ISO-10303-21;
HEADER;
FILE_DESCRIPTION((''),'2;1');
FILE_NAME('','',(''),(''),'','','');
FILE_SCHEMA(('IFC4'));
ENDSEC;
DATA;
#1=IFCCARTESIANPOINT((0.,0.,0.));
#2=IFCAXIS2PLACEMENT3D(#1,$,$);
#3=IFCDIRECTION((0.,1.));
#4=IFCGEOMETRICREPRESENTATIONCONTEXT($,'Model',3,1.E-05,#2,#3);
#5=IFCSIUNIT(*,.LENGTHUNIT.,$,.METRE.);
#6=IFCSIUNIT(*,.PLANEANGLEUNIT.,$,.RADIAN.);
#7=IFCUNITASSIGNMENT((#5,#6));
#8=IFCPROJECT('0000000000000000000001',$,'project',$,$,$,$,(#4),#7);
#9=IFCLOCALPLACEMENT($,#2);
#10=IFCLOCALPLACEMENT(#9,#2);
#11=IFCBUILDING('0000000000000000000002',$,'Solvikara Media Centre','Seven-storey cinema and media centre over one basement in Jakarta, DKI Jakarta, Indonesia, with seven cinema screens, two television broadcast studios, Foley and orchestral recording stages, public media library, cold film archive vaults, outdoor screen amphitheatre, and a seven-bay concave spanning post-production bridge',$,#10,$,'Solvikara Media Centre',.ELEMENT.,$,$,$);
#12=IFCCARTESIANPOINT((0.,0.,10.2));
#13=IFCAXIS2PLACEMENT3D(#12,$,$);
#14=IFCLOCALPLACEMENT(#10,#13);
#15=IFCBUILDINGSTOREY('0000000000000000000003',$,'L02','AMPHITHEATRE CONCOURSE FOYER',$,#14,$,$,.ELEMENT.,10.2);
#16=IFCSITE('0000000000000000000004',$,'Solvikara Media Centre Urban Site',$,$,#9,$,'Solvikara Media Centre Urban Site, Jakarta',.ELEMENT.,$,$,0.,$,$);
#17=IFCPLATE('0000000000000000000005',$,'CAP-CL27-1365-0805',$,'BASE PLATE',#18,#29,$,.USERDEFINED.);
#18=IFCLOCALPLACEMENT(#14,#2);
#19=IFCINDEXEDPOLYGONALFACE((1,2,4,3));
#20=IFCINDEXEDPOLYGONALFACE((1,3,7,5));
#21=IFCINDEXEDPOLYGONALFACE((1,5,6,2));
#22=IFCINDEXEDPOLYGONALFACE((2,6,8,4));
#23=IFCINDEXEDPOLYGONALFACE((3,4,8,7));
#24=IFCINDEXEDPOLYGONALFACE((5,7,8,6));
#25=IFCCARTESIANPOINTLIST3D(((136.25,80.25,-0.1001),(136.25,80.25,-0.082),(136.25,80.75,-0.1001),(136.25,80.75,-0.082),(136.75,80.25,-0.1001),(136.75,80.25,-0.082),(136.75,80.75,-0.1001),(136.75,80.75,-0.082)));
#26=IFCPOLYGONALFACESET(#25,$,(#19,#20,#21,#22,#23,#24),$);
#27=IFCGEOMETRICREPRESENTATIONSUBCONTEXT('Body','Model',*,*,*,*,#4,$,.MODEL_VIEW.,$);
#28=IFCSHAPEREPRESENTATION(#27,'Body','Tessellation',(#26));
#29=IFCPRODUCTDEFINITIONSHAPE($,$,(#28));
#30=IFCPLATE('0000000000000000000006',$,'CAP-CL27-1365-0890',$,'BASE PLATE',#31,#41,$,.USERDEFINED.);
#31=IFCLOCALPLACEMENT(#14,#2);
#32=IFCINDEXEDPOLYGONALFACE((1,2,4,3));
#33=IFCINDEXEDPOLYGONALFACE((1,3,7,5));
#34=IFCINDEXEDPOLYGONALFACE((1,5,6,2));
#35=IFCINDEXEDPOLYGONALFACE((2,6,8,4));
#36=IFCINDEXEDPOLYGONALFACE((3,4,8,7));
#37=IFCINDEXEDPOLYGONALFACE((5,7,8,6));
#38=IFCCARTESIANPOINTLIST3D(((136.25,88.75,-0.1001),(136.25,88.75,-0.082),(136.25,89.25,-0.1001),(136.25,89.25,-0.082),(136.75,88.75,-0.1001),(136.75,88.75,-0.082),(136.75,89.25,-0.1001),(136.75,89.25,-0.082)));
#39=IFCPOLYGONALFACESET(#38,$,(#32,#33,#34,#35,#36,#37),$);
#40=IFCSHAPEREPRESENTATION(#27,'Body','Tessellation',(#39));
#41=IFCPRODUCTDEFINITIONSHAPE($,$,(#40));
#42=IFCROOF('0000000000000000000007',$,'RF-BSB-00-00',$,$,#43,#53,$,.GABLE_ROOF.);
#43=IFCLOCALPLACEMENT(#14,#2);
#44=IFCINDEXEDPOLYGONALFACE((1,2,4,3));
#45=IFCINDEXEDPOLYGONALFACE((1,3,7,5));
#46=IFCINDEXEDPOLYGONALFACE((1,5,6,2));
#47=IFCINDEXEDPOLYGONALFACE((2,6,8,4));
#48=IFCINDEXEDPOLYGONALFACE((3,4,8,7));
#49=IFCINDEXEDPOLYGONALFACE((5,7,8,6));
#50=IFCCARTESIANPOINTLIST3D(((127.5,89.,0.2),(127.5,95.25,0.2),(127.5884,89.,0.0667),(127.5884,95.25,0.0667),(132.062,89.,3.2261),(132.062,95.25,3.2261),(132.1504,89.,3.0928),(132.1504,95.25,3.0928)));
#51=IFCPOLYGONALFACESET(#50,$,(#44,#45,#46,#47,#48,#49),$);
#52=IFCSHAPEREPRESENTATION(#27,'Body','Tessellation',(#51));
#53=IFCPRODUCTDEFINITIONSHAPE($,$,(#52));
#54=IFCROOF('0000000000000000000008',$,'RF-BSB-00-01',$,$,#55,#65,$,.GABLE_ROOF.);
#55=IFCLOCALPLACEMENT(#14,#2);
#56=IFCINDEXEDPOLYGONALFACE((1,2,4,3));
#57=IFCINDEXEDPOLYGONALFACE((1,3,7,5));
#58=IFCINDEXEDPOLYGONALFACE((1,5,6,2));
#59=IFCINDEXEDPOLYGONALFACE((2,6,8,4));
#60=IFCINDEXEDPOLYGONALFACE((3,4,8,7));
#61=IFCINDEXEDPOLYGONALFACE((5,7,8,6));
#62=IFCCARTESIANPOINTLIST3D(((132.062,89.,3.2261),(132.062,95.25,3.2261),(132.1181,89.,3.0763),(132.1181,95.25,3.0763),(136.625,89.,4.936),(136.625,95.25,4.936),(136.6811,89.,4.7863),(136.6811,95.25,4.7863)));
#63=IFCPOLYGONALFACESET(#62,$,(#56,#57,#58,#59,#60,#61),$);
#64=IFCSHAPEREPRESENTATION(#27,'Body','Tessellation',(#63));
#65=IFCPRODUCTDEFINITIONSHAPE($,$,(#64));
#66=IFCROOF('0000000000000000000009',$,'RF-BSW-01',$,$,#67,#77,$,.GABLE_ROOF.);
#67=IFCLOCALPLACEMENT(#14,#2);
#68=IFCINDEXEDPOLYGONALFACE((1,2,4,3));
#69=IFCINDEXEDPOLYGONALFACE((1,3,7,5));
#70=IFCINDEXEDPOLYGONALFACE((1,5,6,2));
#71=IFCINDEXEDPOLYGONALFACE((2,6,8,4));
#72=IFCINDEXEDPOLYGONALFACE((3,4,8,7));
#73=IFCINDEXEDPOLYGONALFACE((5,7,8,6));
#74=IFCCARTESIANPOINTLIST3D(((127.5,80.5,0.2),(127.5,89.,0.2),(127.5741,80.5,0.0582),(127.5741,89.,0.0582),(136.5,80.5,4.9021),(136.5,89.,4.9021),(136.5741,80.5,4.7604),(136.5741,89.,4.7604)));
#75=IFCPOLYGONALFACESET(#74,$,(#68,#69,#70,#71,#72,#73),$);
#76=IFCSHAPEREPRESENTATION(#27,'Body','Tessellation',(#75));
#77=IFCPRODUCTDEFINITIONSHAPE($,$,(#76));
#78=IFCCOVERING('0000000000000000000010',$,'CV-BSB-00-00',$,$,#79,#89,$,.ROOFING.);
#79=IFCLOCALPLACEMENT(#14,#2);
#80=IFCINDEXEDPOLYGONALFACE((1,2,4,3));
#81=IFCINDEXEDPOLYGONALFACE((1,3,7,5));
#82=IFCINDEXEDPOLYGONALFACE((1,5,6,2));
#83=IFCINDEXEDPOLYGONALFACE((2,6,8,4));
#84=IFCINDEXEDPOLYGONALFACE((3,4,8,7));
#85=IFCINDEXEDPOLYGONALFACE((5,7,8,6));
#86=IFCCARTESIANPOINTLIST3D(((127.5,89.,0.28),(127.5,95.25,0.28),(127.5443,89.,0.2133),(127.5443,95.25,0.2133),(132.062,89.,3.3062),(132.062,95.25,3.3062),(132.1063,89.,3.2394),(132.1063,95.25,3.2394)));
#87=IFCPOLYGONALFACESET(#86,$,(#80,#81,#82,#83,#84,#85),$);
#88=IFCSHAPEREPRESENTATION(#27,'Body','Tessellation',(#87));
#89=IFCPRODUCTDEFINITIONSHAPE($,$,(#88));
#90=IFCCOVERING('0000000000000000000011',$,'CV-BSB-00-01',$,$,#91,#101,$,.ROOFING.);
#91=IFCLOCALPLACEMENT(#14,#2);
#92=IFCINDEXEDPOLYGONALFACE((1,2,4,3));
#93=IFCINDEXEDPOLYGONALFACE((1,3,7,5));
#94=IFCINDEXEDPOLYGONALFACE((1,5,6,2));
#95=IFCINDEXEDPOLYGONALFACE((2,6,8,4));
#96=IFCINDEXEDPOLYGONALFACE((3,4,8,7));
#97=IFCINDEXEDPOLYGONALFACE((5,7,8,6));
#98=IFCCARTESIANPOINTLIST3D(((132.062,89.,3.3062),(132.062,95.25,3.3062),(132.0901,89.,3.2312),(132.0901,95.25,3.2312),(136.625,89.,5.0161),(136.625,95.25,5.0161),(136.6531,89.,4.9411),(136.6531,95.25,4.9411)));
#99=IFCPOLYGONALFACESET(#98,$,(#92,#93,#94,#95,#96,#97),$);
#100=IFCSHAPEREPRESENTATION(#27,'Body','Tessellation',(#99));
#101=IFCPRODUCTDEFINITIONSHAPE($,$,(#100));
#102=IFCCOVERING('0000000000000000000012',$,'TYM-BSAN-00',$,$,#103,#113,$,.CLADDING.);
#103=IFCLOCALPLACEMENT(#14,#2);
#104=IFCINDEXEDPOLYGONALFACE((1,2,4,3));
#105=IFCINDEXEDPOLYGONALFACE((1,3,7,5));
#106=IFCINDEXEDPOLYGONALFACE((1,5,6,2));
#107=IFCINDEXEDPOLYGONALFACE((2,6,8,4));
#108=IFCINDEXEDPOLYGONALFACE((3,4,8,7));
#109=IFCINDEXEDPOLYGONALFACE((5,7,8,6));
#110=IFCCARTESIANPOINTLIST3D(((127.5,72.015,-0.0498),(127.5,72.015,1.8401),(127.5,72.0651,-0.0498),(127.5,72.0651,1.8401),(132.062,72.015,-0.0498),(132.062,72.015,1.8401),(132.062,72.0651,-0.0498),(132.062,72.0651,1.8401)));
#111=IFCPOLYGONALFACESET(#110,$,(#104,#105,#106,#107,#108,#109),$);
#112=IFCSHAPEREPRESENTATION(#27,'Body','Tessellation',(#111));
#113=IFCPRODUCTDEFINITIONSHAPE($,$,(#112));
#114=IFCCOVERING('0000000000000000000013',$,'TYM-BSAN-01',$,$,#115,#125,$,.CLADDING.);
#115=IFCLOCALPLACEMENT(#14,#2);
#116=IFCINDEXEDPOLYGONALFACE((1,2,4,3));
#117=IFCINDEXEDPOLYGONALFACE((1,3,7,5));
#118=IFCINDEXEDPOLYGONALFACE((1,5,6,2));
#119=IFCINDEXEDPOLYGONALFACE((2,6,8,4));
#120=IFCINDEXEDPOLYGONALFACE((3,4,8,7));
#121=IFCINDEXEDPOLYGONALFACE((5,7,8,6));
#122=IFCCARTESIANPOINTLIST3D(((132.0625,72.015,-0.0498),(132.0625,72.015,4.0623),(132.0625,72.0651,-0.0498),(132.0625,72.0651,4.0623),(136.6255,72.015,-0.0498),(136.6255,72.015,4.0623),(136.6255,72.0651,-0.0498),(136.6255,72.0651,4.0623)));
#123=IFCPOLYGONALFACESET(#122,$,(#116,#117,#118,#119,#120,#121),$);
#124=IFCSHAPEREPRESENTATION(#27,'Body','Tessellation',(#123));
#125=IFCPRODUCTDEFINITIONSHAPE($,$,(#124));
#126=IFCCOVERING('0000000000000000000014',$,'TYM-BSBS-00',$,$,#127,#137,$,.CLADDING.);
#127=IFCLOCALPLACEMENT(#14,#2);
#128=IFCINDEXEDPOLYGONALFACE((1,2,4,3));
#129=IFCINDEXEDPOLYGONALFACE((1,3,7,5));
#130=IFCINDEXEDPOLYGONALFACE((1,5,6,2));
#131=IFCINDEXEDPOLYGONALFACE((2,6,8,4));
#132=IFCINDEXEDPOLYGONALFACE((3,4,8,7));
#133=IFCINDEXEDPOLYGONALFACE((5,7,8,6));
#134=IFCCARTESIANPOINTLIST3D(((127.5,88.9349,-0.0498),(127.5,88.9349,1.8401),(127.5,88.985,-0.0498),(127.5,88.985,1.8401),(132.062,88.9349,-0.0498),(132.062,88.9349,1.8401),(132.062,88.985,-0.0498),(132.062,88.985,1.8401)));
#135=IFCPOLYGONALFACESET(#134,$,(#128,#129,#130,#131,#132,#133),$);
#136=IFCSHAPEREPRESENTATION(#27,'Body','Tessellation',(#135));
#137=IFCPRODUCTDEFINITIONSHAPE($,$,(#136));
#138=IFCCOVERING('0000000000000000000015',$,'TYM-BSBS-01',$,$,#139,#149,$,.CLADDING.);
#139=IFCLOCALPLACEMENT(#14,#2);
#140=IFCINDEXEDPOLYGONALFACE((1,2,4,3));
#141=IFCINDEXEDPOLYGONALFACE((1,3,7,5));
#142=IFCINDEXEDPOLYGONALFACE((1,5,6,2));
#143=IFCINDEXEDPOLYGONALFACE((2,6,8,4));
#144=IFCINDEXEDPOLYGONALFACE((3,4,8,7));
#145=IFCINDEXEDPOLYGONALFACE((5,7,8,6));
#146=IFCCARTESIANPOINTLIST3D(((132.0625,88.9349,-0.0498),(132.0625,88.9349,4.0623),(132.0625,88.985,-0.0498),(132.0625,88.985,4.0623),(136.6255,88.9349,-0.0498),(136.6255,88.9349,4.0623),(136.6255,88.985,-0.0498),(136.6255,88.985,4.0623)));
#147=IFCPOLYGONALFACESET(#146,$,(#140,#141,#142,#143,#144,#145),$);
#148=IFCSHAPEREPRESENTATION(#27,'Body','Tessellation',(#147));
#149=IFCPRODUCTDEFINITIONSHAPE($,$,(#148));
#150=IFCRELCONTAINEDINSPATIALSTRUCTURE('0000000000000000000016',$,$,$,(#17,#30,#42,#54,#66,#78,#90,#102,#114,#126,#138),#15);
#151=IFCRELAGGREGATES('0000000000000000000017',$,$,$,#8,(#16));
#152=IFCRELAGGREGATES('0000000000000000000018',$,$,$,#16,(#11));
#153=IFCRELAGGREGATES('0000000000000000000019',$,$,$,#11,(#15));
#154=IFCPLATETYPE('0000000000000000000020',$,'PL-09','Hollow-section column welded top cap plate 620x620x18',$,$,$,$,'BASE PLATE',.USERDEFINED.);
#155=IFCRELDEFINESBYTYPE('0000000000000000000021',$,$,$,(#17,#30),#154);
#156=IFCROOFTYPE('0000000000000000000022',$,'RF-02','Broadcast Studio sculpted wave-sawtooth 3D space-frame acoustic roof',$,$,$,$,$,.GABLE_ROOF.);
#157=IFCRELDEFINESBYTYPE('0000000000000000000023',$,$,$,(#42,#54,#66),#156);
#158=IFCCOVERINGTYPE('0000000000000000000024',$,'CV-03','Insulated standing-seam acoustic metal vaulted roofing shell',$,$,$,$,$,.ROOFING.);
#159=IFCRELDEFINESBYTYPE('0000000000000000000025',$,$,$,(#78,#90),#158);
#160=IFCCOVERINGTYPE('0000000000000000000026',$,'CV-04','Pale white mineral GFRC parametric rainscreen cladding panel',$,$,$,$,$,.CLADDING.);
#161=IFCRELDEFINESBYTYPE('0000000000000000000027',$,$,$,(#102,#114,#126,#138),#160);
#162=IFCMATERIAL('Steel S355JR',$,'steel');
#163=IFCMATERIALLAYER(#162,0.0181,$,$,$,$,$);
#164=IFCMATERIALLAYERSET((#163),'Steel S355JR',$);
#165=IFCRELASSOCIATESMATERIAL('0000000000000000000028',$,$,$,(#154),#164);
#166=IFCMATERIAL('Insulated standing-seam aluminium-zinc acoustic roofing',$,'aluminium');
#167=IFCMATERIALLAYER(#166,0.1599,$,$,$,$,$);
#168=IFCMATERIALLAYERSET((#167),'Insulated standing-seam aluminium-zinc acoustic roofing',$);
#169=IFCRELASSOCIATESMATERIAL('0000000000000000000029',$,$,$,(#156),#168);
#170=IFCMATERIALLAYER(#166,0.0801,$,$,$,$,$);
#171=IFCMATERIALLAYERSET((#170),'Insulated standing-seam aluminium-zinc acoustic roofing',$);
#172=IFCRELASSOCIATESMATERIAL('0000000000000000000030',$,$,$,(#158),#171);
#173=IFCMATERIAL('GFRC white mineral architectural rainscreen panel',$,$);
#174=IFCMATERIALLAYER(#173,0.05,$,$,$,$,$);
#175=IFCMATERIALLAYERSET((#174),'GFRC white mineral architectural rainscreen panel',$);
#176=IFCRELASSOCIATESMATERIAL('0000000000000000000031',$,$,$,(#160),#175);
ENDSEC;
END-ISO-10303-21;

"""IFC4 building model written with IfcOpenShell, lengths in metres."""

from ifc_helpers import new_model, si_unit, direction, frame, origin, origin_2d, place, context, subcontext, project, spatial, polyline, rectangle, outline, extrude, material, layer, layer_set, type_object, element, save


model = new_model("IFC4")

# Units and contexts
model_context = context("Model", 3, precision=1e-05, world=origin(), true_north=direction((0.0, 1.0)))
body_context = subcontext(model_context, "Body", "Model", "MODEL_VIEW")
ifc_project = project(units=[si_unit("LENGTHUNIT", "METRE"), si_unit("PLANEANGLEUNIT", "RADIAN")], contexts=[model_context])

# Site, building, storey
site_placement = place(None, origin())
site = spatial("IfcSite", under=ifc_project, at=site_placement, Name="Solvikara Media Centre Urban Site", LongName="Solvikara Media Centre Urban Site, Jakarta", CompositionType="ELEMENT", RefElevation=0.0)
building_placement = place(site_placement, origin())
building = spatial("IfcBuilding", under=site, at=building_placement, Name="Solvikara Media Centre", Description="Seven-storey cinema and media centre over one basement in Jakarta, DKI Jakarta, Indonesia, with seven cinema screens, two television broadcast studios, Foley and orchestral recording stages, public media library, cold film archive vaults, outdoor screen amphitheatre, and a seven-bay concave spanning post-production bridge", LongName="Solvikara Media Centre", CompositionType="ELEMENT")
storey_placement = place(building_placement, frame((0.0, 0.0, 10.2)))
storey = spatial("IfcBuildingStorey", under=building, at=storey_placement, Name="L02", Description="AMPHITHEATRE CONCOURSE FOYER", CompositionType="ELEMENT", Elevation=10.2)

# Shared definitions
ifc_material_1 = material(Name="Steel S355JR", Category="steel")

# Plates
ifc_layer_1 = layer(ifc_material_1, 0.0181)
ifc_layer_set_1 = layer_set([ifc_layer_1], Name="Steel S355JR")
plate_type_1 = type_object("IfcPlateType", Name="PL-09", Description="Hollow-section column welded top cap plate 620x620x18", ElementType="BASE PLATE", PredefinedType="USERDEFINED", material=ifc_layer_set_1)
for number, where, z_axis, x_axis, name in (
    (1, (136.5, 80.5, -0.1001), (0.0, 0.0, 1.0), (1.0, 0.0, 0.0), "CAP-CL27-1365-0805"),
    (2, (136.5, 89.0, -0.1001), (0.0, 0.0, 1.0), (1.0, 0.0, 0.0), "CAP-CL27-1365-0890"),
):
    element("IfcPlate", number, at=place(storey_placement, frame(where, z_axis=z_axis, x_axis=x_axis)), inside=storey, type_object=plate_type_1, Name=name, ObjectType="BASE PLATE", PredefinedType="USERDEFINED", context=body_context, shape_type="SweptSolid", body=[
        extrude(rectangle(XDim=0.5, YDim=0.5, at=origin_2d()), origin(), (0.0, 0.0, 1.0), 0.0181),
    ])

# Roofs
ifc_material_2 = material(Name="Insulated standing-seam aluminium-zinc acoustic roofing", Category="aluminium")
ifc_layer_2 = layer(ifc_material_2, 0.1599)
ifc_layer_set_2 = layer_set([ifc_layer_2], Name="Insulated standing-seam aluminium-zinc acoustic roofing")
roof_type = type_object("IfcRoofType", Name="RF-02", Description="Broadcast Studio sculpted wave-sawtooth 3D space-frame acoustic roof", PredefinedType="GABLE_ROOF", material=ifc_layer_set_2)
roof_1_placement = place(storey_placement, frame((127.5, 89.0, 0.2), z_axis=(-0.552774, 0.0, 0.833331), x_axis=(0.833331, 0.0, 0.552774)))
element("IfcRoof", 3, at=roof_1_placement, inside=storey, type_object=roof_type, Name="RF-BSB-00-00", PredefinedType="GABLE_ROOF", context=body_context, shape_type="SweptSolid", body=[
    extrude(outline(polyline([(0.0, 0.0), (5.4744, 0.0), (5.4744, 6.25), (0.0, 6.25), (0.0, 0.0)])), origin(), (0.0, 0.0, -1.0), 0.1599),
])
roof_2_placement = place(storey_placement, frame((132.062, 89.0, 3.2261), z_axis=(-0.350915, 0.0, 0.936407), x_axis=(0.936407, 0.0, 0.350915)))
element("IfcRoof", 4, at=roof_2_placement, inside=storey, type_object=roof_type, Name="RF-BSB-00-01", PredefinedType="GABLE_ROOF", context=body_context, shape_type="SweptSolid", body=[
    extrude(outline(polyline([(0.0, 0.0), (4.8729, 0.0), (4.8729, 6.25), (0.0, 6.25), (0.0, 0.0)])), origin(), (0.0, 0.0, -1.0), 0.1599),
])
roof_3_placement = place(storey_placement, frame((127.5, 80.5, 0.2), z_axis=(-0.463069, 0.0, 0.886322), x_axis=(0.886322, 0.0, 0.463069)))
element("IfcRoof", 5, at=roof_3_placement, inside=storey, type_object=roof_type, Name="RF-BSW-01", PredefinedType="GABLE_ROOF", context=body_context, shape_type="SweptSolid", body=[
    extrude(outline(polyline([(0.0, 0.0), (10.1543, 0.0), (10.1543, 8.5), (0.0, 8.5), (0.0, 0.0)])), origin(), (0.0, 0.0, -1.0), 0.1599),
])

# Coverings
ifc_layer_3 = layer(ifc_material_2, 0.0801)
ifc_layer_set_3 = layer_set([ifc_layer_3], Name="Insulated standing-seam aluminium-zinc acoustic roofing")
covering_type_1 = type_object("IfcCoveringType", Name="CV-03", Description="Insulated standing-seam acoustic metal vaulted roofing shell", PredefinedType="ROOFING", material=ifc_layer_set_3)
covering_1_placement = place(storey_placement, frame((127.5, 89.0, 0.28), z_axis=(-0.552774, 0.0, 0.833331), x_axis=(0.833331, 0.0, 0.552774)))
element("IfcCovering", 6, at=covering_1_placement, inside=storey, type_object=covering_type_1, Name="CV-BSB-00-00", PredefinedType="ROOFING", context=body_context, shape_type="SweptSolid", body=[
    extrude(outline(polyline([(0.0, 0.0), (5.4744, 0.0), (5.4744, 6.25), (0.0, 6.25), (0.0, 0.0)])), origin(), (0.0, 0.0, -1.0), 0.0801),
])
covering_2_placement = place(storey_placement, frame((132.062, 89.0, 3.3062), z_axis=(-0.350915, 0.0, 0.936407), x_axis=(0.936407, 0.0, 0.350915)))
element("IfcCovering", 7, at=covering_2_placement, inside=storey, type_object=covering_type_1, Name="CV-BSB-00-01", PredefinedType="ROOFING", context=body_context, shape_type="SweptSolid", body=[
    extrude(outline(polyline([(0.0, 0.0), (4.8729, 0.0), (4.8729, 6.25), (0.0, 6.25), (0.0, 0.0)])), origin(), (0.0, 0.0, -1.0), 0.0801),
])
ifc_material_3 = material(Name="GFRC white mineral architectural rainscreen panel")
ifc_layer_4 = layer(ifc_material_3, 0.05)
ifc_layer_set_4 = layer_set([ifc_layer_4], Name="GFRC white mineral architectural rainscreen panel")
covering_type_2 = type_object("IfcCoveringType", Name="CV-04", Description="Pale white mineral GFRC parametric rainscreen cladding panel", PredefinedType="CLADDING", material=ifc_layer_set_4)
covering_3_placement = place(storey_placement, frame((129.781, 72.04, -0.0498), z_axis=(0.0, 0.0, 1.0), x_axis=(1.0, 0.0, 0.0)))
element("IfcCovering", 8, at=covering_3_placement, inside=storey, type_object=covering_type_2, Name="TYM-BSAN-00", PredefinedType="CLADDING", context=body_context, shape_type="SweptSolid", body=[
    extrude(rectangle(XDim=4.562, YDim=0.05, at=origin_2d()), origin(), (0.0, 0.0, 1.0), 1.8899),
])
covering_4_placement = place(storey_placement, frame((134.344, 72.04, -0.0498), z_axis=(0.0, 0.0, 1.0), x_axis=(1.0, 0.0, 0.0)))
element("IfcCovering", 9, at=covering_4_placement, inside=storey, type_object=covering_type_2, Name="TYM-BSAN-01", PredefinedType="CLADDING", context=body_context, shape_type="SweptSolid", body=[
    extrude(rectangle(XDim=4.563, YDim=0.05, at=origin_2d()), origin(), (0.0, 0.0, 1.0), 4.1121),
])
covering_5_placement = place(storey_placement, frame((129.781, 88.96, -0.0498), z_axis=(0.0, 0.0, 1.0), x_axis=(1.0, 0.0, 0.0)))
element("IfcCovering", 10, at=covering_5_placement, inside=storey, type_object=covering_type_2, Name="TYM-BSBS-00", PredefinedType="CLADDING", context=body_context, shape_type="SweptSolid", body=[
    extrude(rectangle(XDim=4.562, YDim=0.05, at=origin_2d()), origin(), (0.0, 0.0, 1.0), 1.8899),
])
covering_6_placement = place(storey_placement, frame((134.344, 88.96, -0.0498), z_axis=(0.0, 0.0, 1.0), x_axis=(1.0, 0.0, 0.0)))
element("IfcCovering", 11, at=covering_6_placement, inside=storey, type_object=covering_type_2, Name="TYM-BSBS-01", PredefinedType="CLADDING", context=body_context, shape_type="SweptSolid", body=[
    extrude(rectangle(XDim=4.563, YDim=0.05, at=origin_2d()), origin(), (0.0, 0.0, 1.0), 4.1121),
])

save(model, "model.ifc")
